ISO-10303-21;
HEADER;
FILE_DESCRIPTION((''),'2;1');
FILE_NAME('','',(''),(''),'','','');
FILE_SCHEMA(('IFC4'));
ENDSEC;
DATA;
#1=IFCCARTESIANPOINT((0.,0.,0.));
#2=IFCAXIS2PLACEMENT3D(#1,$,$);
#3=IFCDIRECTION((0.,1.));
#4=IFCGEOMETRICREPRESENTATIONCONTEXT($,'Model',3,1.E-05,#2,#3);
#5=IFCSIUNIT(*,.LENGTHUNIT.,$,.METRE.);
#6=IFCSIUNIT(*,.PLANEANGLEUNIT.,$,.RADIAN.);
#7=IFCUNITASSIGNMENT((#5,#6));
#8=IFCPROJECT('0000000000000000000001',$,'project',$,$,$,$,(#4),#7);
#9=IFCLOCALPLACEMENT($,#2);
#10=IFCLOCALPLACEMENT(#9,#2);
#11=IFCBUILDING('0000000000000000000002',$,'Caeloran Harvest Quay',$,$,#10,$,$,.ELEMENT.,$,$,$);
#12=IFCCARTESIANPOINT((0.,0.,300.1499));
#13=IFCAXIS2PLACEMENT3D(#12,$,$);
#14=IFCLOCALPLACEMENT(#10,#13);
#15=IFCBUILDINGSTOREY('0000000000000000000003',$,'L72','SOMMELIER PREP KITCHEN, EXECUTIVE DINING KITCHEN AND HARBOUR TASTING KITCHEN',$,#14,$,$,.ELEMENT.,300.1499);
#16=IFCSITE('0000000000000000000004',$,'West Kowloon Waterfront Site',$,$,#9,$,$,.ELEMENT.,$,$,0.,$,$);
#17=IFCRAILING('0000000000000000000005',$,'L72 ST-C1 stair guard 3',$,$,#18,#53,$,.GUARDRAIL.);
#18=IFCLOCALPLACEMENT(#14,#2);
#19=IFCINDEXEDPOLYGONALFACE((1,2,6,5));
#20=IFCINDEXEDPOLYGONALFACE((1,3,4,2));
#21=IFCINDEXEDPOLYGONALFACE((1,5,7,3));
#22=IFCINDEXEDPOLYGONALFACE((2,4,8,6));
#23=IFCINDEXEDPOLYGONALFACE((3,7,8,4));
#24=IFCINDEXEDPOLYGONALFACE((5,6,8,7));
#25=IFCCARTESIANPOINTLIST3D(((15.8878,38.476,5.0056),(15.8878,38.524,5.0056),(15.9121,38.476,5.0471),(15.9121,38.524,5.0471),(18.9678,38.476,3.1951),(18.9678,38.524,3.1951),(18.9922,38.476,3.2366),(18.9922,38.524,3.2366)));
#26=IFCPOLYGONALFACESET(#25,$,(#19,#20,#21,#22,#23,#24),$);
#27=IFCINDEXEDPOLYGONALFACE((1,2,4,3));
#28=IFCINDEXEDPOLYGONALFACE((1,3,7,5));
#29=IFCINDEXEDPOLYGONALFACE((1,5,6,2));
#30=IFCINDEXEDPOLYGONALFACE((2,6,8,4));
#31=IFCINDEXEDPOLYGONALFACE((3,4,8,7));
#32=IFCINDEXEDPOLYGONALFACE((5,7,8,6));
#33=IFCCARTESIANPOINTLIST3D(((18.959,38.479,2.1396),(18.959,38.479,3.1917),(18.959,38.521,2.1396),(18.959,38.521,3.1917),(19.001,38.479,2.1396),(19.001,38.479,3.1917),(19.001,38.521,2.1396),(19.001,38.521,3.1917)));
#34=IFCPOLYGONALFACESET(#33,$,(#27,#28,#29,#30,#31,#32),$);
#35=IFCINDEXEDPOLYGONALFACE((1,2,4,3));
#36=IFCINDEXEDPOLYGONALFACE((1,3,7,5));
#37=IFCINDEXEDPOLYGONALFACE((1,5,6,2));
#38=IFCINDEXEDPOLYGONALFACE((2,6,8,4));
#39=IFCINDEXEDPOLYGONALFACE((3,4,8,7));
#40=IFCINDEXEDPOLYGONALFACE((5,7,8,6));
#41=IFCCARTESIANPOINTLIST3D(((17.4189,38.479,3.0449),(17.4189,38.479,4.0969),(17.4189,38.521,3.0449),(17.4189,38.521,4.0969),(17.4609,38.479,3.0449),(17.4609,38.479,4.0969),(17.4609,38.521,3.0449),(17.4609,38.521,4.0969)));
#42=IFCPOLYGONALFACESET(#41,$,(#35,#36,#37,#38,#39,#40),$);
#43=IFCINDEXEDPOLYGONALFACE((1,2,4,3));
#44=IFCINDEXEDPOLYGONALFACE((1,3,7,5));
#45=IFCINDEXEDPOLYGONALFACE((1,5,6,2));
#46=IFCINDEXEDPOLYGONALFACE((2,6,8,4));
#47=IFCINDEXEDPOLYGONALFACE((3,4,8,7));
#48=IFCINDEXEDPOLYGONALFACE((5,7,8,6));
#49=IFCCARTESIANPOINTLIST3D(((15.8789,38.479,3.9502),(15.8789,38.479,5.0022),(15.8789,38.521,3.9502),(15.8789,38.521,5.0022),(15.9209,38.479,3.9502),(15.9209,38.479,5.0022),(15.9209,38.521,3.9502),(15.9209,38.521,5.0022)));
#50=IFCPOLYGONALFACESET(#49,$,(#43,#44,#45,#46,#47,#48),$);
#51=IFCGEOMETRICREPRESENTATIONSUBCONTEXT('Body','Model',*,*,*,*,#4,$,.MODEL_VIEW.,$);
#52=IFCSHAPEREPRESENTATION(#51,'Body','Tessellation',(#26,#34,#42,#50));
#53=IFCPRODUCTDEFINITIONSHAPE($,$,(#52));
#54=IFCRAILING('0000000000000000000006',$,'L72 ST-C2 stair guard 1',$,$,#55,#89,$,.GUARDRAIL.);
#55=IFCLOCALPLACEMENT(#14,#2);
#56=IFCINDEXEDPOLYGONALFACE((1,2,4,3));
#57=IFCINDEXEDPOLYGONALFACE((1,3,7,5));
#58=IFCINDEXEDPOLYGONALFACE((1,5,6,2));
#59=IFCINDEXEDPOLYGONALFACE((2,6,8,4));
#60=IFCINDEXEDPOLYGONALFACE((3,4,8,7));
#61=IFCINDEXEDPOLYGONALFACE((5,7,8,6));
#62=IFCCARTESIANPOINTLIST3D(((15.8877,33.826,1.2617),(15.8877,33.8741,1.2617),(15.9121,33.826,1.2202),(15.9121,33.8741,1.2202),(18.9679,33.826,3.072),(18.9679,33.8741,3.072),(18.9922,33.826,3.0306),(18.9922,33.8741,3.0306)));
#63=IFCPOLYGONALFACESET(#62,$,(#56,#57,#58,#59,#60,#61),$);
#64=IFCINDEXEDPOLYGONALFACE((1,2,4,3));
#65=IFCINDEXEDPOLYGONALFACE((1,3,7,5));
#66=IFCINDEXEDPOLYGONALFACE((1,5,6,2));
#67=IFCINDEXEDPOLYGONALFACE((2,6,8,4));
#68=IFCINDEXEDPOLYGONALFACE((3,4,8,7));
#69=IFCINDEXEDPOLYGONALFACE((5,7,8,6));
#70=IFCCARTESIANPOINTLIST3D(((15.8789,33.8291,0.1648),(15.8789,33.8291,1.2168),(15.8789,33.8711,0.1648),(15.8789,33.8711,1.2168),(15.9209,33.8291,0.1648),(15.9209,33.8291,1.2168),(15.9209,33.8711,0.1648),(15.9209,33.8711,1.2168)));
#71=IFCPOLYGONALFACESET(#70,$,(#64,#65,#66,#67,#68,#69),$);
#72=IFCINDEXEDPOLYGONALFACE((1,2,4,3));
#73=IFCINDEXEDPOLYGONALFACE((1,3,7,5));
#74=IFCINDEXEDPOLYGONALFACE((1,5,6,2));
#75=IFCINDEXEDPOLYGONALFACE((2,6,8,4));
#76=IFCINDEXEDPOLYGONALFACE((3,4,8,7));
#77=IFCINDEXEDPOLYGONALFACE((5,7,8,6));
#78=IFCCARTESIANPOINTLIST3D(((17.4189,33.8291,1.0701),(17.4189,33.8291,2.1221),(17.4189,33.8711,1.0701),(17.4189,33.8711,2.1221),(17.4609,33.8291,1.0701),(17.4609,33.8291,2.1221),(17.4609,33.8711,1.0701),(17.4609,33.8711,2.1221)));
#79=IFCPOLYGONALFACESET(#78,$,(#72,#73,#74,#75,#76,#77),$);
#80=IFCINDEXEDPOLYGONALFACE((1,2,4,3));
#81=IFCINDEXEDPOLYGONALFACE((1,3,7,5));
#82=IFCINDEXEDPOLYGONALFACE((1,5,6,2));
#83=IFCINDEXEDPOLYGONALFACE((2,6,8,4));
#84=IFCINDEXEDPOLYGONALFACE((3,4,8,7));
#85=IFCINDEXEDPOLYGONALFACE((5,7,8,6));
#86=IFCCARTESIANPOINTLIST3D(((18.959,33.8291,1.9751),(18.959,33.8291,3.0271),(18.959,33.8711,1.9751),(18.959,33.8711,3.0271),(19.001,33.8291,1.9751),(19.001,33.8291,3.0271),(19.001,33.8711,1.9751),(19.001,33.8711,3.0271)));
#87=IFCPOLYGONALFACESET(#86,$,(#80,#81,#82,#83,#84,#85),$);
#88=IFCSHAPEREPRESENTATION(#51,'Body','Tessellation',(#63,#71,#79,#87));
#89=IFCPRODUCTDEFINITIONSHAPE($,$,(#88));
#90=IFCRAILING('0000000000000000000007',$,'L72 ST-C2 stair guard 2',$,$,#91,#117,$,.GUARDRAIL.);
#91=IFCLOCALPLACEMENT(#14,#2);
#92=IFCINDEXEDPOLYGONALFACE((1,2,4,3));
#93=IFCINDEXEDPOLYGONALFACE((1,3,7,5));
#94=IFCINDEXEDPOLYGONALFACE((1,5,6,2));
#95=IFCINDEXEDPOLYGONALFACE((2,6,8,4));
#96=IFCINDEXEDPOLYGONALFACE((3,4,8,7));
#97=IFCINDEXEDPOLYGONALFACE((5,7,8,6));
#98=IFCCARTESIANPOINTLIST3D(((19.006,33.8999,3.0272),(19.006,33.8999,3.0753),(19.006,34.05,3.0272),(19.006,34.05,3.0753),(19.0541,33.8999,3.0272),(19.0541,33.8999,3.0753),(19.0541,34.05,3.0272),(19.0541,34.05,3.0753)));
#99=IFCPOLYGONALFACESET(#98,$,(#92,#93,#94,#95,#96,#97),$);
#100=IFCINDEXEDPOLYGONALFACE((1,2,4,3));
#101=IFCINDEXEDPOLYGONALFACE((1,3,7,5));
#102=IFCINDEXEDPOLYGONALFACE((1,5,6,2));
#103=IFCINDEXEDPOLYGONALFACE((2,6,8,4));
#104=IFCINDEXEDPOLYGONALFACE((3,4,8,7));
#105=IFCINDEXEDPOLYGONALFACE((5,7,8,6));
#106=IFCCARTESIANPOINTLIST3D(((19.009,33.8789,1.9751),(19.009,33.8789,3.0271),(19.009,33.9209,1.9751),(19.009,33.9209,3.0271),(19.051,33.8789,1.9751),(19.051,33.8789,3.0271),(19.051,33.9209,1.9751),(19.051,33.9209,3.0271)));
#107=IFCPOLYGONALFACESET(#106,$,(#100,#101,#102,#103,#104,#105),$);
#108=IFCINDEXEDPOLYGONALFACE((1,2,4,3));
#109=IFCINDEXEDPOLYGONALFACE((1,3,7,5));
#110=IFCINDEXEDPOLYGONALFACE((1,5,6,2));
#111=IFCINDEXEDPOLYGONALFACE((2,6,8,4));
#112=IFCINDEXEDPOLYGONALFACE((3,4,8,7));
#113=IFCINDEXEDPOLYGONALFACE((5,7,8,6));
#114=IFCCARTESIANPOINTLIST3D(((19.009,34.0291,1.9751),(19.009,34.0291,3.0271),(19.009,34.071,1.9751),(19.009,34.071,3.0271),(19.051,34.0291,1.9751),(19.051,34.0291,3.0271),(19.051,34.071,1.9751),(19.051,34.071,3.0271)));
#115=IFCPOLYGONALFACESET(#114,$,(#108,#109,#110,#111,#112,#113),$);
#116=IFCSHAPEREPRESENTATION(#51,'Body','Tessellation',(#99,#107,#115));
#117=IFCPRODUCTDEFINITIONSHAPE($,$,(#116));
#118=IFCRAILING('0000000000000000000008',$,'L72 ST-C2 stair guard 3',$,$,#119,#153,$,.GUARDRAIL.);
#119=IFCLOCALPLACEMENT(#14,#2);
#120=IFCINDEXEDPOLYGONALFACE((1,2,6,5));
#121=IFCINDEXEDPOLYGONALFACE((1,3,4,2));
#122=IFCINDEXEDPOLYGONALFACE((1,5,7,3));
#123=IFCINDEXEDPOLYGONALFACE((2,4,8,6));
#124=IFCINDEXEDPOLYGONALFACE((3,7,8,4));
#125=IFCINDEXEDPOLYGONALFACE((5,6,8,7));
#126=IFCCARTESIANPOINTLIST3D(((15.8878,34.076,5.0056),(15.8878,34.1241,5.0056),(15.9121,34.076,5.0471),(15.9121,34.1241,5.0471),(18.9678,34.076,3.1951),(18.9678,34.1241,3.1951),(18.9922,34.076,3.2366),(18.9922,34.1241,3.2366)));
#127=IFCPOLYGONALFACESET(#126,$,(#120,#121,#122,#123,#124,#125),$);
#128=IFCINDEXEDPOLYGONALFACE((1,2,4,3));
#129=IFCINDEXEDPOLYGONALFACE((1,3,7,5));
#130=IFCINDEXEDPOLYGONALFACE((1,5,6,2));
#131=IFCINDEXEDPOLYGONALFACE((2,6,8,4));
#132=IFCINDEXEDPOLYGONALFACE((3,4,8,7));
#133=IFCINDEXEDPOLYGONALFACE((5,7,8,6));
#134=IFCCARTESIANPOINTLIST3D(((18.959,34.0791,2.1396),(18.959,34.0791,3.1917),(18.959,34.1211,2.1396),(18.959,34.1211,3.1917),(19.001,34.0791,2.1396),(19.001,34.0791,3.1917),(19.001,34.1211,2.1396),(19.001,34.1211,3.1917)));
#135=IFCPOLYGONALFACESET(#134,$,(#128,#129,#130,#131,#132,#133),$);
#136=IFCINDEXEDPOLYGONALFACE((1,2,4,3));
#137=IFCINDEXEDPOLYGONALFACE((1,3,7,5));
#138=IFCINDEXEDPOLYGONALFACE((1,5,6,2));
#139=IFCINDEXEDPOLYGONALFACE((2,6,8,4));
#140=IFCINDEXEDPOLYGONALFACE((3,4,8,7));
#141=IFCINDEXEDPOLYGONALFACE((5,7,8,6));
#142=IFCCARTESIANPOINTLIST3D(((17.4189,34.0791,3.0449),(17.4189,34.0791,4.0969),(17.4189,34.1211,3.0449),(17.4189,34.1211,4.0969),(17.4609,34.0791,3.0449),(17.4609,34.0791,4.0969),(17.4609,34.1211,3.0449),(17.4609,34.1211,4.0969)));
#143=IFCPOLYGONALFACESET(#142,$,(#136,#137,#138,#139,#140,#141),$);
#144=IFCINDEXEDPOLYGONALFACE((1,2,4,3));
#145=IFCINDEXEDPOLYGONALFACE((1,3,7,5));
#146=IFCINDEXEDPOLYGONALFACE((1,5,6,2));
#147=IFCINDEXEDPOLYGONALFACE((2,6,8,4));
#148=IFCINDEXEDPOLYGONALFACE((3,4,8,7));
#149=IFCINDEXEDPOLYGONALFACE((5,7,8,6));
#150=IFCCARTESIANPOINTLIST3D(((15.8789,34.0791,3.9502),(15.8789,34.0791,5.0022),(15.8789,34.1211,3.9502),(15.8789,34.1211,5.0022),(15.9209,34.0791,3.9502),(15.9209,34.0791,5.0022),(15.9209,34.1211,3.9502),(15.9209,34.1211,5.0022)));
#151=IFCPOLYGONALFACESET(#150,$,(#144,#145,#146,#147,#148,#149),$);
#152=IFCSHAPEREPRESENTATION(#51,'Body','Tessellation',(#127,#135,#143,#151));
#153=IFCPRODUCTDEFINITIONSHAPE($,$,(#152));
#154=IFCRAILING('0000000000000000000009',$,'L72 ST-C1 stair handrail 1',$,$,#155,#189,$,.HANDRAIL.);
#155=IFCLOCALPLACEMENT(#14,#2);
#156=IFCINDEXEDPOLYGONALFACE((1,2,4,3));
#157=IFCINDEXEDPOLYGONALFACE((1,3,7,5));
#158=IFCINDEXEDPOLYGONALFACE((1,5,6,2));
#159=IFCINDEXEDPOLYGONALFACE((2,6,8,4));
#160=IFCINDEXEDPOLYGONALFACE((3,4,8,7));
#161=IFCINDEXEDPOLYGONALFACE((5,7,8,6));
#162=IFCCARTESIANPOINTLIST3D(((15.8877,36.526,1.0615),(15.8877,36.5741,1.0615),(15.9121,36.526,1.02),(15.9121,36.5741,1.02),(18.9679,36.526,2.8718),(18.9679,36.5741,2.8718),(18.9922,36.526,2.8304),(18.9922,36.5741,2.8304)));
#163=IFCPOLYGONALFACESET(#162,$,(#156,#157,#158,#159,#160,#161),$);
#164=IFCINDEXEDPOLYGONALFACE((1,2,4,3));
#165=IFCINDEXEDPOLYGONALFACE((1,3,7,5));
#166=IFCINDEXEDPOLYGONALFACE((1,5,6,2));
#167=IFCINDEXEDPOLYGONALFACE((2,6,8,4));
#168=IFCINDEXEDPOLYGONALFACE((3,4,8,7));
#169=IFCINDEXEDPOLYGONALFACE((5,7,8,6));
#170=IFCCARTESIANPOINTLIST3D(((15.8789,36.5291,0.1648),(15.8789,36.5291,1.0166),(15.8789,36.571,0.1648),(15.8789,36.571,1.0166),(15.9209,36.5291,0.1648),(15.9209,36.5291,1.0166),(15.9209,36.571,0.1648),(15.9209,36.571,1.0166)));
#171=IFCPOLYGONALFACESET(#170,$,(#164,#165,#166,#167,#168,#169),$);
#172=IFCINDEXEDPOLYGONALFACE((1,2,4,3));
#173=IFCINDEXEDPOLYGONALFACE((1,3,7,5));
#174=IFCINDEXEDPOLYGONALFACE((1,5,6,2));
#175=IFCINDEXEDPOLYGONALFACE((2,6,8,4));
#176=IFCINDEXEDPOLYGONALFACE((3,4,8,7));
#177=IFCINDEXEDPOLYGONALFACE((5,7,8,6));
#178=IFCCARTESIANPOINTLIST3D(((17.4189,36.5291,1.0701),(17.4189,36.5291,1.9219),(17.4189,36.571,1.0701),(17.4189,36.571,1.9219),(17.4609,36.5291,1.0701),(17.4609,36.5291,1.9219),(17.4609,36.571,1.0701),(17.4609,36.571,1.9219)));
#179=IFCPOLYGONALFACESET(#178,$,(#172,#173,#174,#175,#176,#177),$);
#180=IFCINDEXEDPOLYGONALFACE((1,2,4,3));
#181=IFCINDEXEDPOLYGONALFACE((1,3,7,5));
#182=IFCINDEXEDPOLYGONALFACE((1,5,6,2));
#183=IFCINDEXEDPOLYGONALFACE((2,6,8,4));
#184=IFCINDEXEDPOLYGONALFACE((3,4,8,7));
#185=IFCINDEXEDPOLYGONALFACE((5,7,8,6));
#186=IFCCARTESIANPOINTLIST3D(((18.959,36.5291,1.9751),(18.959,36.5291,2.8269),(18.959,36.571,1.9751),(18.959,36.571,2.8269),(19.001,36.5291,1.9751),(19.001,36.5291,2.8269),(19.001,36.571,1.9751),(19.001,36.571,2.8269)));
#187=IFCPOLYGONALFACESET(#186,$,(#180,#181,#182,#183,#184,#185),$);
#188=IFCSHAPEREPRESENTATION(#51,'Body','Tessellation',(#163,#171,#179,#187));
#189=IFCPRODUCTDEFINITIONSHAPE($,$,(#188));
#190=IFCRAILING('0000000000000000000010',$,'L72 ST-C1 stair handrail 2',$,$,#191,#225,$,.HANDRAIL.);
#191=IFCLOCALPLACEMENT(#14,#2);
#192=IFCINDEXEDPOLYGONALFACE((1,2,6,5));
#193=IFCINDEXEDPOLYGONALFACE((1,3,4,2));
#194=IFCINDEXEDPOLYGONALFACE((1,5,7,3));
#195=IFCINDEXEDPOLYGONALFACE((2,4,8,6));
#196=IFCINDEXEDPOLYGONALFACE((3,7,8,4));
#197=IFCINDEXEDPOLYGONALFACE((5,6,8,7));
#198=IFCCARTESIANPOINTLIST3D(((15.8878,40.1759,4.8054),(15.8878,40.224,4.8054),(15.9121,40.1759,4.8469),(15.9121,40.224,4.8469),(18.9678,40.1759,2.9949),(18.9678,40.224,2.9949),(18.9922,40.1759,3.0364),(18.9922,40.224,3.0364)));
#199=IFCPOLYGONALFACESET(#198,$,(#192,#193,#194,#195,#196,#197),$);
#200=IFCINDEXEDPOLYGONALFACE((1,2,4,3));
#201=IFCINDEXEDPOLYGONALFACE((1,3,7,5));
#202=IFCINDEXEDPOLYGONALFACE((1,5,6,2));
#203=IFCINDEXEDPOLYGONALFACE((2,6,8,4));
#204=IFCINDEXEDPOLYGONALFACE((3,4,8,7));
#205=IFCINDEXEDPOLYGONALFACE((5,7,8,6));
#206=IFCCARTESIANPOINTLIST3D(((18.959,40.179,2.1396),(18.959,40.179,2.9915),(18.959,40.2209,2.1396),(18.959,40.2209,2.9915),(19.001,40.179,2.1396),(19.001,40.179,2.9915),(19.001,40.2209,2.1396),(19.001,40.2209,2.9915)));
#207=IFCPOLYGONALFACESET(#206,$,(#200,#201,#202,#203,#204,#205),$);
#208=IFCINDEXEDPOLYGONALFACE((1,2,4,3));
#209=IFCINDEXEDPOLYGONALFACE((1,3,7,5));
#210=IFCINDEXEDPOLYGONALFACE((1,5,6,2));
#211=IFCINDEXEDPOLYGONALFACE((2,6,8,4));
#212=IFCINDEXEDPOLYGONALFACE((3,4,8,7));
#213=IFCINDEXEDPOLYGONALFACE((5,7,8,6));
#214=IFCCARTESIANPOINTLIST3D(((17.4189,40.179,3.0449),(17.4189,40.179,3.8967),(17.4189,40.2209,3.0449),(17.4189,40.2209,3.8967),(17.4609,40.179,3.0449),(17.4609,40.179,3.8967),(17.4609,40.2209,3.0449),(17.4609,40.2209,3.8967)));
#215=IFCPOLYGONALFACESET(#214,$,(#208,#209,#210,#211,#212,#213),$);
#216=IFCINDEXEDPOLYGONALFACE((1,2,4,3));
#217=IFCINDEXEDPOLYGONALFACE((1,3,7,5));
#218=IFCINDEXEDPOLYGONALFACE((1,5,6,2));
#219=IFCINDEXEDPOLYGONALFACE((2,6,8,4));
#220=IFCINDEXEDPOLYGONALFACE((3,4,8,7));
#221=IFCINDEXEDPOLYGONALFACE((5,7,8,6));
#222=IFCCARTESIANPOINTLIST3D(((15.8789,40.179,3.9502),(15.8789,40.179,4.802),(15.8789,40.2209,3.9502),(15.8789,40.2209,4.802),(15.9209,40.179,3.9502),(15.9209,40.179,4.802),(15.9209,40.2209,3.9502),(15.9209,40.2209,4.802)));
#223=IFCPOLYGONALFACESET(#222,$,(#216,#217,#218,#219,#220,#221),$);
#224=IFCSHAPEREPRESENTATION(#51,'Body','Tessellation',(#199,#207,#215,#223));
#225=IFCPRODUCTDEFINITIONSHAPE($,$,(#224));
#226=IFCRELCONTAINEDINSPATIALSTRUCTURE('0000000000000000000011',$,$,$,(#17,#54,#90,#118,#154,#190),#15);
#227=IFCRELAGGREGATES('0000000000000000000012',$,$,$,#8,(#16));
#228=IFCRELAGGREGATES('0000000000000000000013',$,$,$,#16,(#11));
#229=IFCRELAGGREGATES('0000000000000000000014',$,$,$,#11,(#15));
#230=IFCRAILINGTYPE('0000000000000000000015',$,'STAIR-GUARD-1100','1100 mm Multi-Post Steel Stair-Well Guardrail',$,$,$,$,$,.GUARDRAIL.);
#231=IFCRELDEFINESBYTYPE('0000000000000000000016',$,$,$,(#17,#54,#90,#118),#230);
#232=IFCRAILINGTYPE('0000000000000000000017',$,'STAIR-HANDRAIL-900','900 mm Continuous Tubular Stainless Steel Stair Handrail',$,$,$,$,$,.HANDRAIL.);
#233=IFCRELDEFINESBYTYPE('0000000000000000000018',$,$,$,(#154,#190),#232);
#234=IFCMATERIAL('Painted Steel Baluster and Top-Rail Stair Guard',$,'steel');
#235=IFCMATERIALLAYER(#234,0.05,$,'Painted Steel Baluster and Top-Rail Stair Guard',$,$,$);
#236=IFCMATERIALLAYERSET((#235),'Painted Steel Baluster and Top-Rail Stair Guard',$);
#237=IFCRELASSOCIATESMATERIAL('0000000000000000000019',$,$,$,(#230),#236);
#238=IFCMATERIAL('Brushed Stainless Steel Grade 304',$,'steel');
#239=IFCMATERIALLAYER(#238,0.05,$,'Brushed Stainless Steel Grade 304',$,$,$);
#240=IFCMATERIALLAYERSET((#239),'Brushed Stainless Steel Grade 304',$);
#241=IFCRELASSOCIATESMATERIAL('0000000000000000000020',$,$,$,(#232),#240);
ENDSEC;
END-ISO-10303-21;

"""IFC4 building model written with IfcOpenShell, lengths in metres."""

from ifc_helpers import new_model, si_unit, direction, frame, origin, origin_2d, place, context, subcontext, project, spatial, rectangle, extrude, material, layer, layer_set, type_object, element, save


model = new_model("IFC4")

# Units and contexts
model_context = context("Model", 3, precision=1e-05, world=origin(), true_north=direction((0.0, 1.0)))
body_context = subcontext(model_context, "Body", "Model", "MODEL_VIEW")
ifc_project = project(units=[si_unit("LENGTHUNIT", "METRE"), si_unit("PLANEANGLEUNIT", "RADIAN")], contexts=[model_context])

# Site, building, storey
site_placement = place(None, origin())
site = spatial("IfcSite", under=ifc_project, at=site_placement, Name="West Kowloon Waterfront Site", CompositionType="ELEMENT", RefElevation=0.0)
building_placement = place(site_placement, origin())
building = spatial("IfcBuilding", under=site, at=building_placement, Name="Caeloran Harvest Quay", CompositionType="ELEMENT")
storey_placement = place(building_placement, frame((0.0, 0.0, 300.1499)))
storey = spatial("IfcBuildingStorey", under=building, at=storey_placement, Name="L72", Description="SOMMELIER PREP KITCHEN, EXECUTIVE DINING KITCHEN AND HARBOUR TASTING KITCHEN", CompositionType="ELEMENT", Elevation=300.1499)

# Railings
ifc_material_1 = material(Name="Painted Steel Baluster and Top-Rail Stair Guard", Category="steel")
ifc_layer_1 = layer(ifc_material_1, 0.05, Name="Painted Steel Baluster and Top-Rail Stair Guard")
ifc_layer_set_1 = layer_set([ifc_layer_1], Name="Painted Steel Baluster and Top-Rail Stair Guard")
railing_type_1 = type_object("IfcRailingType", Name="STAIR-GUARD-1100", Description="1100 mm Multi-Post Steel Stair-Well Guardrail", PredefinedType="GUARDRAIL", material=ifc_layer_set_1)
railing_1_placement = place(storey_placement, frame((18.98, 38.5, 2.1396)))
element("IfcRailing", 1, at=railing_1_placement, inside=storey, type_object=railing_type_1, Name="L72 ST-C1 stair guard 3", PredefinedType="GUARDRAIL", context=body_context, shape_type="SweptSolid", body=[
    extrude(rectangle(XDim=0.0481, YDim=0.0481, at=origin_2d()), frame((0.0, 0.0, 1.0762), z_axis=(-0.862089, 0.0, 0.506757), x_axis=(0.0, -1.0, 0.0)), (0.0, 0.0, 1.0), 3.5728),
    extrude(rectangle(XDim=0.042, YDim=0.042, at=origin_2d()), origin(), (0.0, 0.0, 1.0), 1.052),
    extrude(rectangle(XDim=0.042, YDim=0.042, at=origin_2d()), frame((-1.54, 0.0, 0.9053)), (0.0, 0.0, 1.0), 1.052),
    extrude(rectangle(XDim=0.042, YDim=0.042, at=origin_2d()), frame((-3.0801, 0.0, 1.8105)), (0.0, 0.0, 1.0), 1.052),
])
railing_2_placement = place(storey_placement, frame((15.8999, 33.8501, 0.1648)))
element("IfcRailing", 2, at=railing_2_placement, inside=storey, type_object=railing_type_1, Name="L72 ST-C2 stair guard 1", PredefinedType="GUARDRAIL", context=body_context, shape_type="SweptSolid", body=[
    extrude(rectangle(XDim=0.0481, YDim=0.0481, at=origin_2d()), frame((0.0, 0.0, 1.0762), z_axis=(0.862119, 0.0, 0.506707), x_axis=(0.0, 1.0, 0.0)), (0.0, 0.0, 1.0), 3.5728),
    extrude(rectangle(XDim=0.042, YDim=0.042, at=origin_2d()), origin(), (0.0, 0.0, 1.0), 1.052),
    extrude(rectangle(XDim=0.042, YDim=0.042, at=origin_2d()), frame((1.54, 0.0, 0.9053)), (0.0, 0.0, 1.0), 1.052),
    extrude(rectangle(XDim=0.042, YDim=0.042, at=origin_2d()), frame((3.0801, 0.0, 1.8103)), (0.0, 0.0, 1.0), 1.052),
])
railing_3_placement = place(storey_placement, frame((19.03, 33.8999, 1.9751)))
element("IfcRailing", 3, at=railing_3_placement, inside=storey, type_object=railing_type_1, Name="L72 ST-C2 stair guard 2", PredefinedType="GUARDRAIL", context=body_context, shape_type="SweptSolid", body=[
    extrude(rectangle(XDim=0.0481, YDim=0.0481, at=origin_2d()), frame((0.0, 0.0, 1.0762), z_axis=(0.0, 1.0, 0.0), x_axis=(-1.0, 0.0, 0.0)), (0.0, 0.0, 1.0), 0.1501),
    extrude(rectangle(XDim=0.042, YDim=0.042, at=origin_2d()), origin(), (0.0, 0.0, 1.0), 1.052),
    extrude(rectangle(XDim=0.042, YDim=0.042, at=origin_2d()), frame((0.0, 0.1501, 0.0)), (0.0, 0.0, 1.0), 1.052),
])
railing_4_placement = place(storey_placement, frame((18.98, 34.1001, 2.1396)))
element("IfcRailing", 4, at=railing_4_placement, inside=storey, type_object=railing_type_1, Name="L72 ST-C2 stair guard 3", PredefinedType="GUARDRAIL", context=body_context, shape_type="SweptSolid", body=[
    extrude(rectangle(XDim=0.0481, YDim=0.0481, at=origin_2d()), frame((0.0, 0.0, 1.0762), z_axis=(-0.862089, 0.0, 0.506757), x_axis=(0.0, -1.0, 0.0)), (0.0, 0.0, 1.0), 3.5728),
    extrude(rectangle(XDim=0.042, YDim=0.042, at=origin_2d()), origin(), (0.0, 0.0, 1.0), 1.052),
    extrude(rectangle(XDim=0.042, YDim=0.042, at=origin_2d()), frame((-1.54, 0.0, 0.9053)), (0.0, 0.0, 1.0), 1.052),
    extrude(rectangle(XDim=0.042, YDim=0.042, at=origin_2d()), frame((-3.0801, 0.0, 1.8105)), (0.0, 0.0, 1.0), 1.052),
])
ifc_material_2 = material(Name="Brushed Stainless Steel Grade 304", Category="steel")
ifc_layer_2 = layer(ifc_material_2, 0.05, Name="Brushed Stainless Steel Grade 304")
ifc_layer_set_2 = layer_set([ifc_layer_2], Name="Brushed Stainless Steel Grade 304")
railing_type_2 = type_object("IfcRailingType", Name="STAIR-HANDRAIL-900", Description="900 mm Continuous Tubular Stainless Steel Stair Handrail", PredefinedType="HANDRAIL", material=ifc_layer_set_2)
railing_5_placement = place(storey_placement, frame((15.8999, 36.55, 0.1648)))
element("IfcRailing", 5, at=railing_5_placement, inside=storey, type_object=railing_type_2, Name="L72 ST-C1 stair handrail 1", PredefinedType="HANDRAIL", context=body_context, shape_type="SweptSolid", body=[
    extrude(rectangle(XDim=0.0481, YDim=0.0481, at=origin_2d()), frame((0.0, 0.0, 0.876), z_axis=(0.862119, 0.0, 0.506707), x_axis=(0.0, 1.0, 0.0)), (0.0, 0.0, 1.0), 3.5728),
    extrude(rectangle(XDim=0.042, YDim=0.042, at=origin_2d()), origin(), (0.0, 0.0, 1.0), 0.8518),
    extrude(rectangle(XDim=0.042, YDim=0.042, at=origin_2d()), frame((1.54, 0.0, 0.9053)), (0.0, 0.0, 1.0), 0.8518),
    extrude(rectangle(XDim=0.042, YDim=0.042, at=origin_2d()), frame((3.0801, 0.0, 1.8103)), (0.0, 0.0, 1.0), 0.8518),
])
for number, where, name in (
    (6, (18.98, 40.2, 2.1396), "L72 ST-C1 stair handrail 2"),
):
    element("IfcRailing", number, at=place(storey_placement, frame(where)), inside=storey, type_object=railing_type_2, Name=name, PredefinedType="HANDRAIL", context=body_context, shape_type="SweptSolid", body=[
        extrude(rectangle(XDim=0.0481, YDim=0.0481, at=origin_2d()), frame((0.0, 0.0, 0.876), z_axis=(-0.862089, 0.0, 0.506757), x_axis=(0.0, -1.0, 0.0)), (0.0, 0.0, 1.0), 3.5728),
        extrude(rectangle(XDim=0.042, YDim=0.042, at=origin_2d()), origin(), (0.0, 0.0, 1.0), 0.8518),
        extrude(rectangle(XDim=0.042, YDim=0.042, at=origin_2d()), frame((-1.54, 0.0, 0.9053)), (0.0, 0.0, 1.0), 0.8518),
        extrude(rectangle(XDim=0.042, YDim=0.042, at=origin_2d()), frame((-3.0801, 0.0, 1.8105)), (0.0, 0.0, 1.0), 0.8518),
    ])

save(model, "model.ifc")
